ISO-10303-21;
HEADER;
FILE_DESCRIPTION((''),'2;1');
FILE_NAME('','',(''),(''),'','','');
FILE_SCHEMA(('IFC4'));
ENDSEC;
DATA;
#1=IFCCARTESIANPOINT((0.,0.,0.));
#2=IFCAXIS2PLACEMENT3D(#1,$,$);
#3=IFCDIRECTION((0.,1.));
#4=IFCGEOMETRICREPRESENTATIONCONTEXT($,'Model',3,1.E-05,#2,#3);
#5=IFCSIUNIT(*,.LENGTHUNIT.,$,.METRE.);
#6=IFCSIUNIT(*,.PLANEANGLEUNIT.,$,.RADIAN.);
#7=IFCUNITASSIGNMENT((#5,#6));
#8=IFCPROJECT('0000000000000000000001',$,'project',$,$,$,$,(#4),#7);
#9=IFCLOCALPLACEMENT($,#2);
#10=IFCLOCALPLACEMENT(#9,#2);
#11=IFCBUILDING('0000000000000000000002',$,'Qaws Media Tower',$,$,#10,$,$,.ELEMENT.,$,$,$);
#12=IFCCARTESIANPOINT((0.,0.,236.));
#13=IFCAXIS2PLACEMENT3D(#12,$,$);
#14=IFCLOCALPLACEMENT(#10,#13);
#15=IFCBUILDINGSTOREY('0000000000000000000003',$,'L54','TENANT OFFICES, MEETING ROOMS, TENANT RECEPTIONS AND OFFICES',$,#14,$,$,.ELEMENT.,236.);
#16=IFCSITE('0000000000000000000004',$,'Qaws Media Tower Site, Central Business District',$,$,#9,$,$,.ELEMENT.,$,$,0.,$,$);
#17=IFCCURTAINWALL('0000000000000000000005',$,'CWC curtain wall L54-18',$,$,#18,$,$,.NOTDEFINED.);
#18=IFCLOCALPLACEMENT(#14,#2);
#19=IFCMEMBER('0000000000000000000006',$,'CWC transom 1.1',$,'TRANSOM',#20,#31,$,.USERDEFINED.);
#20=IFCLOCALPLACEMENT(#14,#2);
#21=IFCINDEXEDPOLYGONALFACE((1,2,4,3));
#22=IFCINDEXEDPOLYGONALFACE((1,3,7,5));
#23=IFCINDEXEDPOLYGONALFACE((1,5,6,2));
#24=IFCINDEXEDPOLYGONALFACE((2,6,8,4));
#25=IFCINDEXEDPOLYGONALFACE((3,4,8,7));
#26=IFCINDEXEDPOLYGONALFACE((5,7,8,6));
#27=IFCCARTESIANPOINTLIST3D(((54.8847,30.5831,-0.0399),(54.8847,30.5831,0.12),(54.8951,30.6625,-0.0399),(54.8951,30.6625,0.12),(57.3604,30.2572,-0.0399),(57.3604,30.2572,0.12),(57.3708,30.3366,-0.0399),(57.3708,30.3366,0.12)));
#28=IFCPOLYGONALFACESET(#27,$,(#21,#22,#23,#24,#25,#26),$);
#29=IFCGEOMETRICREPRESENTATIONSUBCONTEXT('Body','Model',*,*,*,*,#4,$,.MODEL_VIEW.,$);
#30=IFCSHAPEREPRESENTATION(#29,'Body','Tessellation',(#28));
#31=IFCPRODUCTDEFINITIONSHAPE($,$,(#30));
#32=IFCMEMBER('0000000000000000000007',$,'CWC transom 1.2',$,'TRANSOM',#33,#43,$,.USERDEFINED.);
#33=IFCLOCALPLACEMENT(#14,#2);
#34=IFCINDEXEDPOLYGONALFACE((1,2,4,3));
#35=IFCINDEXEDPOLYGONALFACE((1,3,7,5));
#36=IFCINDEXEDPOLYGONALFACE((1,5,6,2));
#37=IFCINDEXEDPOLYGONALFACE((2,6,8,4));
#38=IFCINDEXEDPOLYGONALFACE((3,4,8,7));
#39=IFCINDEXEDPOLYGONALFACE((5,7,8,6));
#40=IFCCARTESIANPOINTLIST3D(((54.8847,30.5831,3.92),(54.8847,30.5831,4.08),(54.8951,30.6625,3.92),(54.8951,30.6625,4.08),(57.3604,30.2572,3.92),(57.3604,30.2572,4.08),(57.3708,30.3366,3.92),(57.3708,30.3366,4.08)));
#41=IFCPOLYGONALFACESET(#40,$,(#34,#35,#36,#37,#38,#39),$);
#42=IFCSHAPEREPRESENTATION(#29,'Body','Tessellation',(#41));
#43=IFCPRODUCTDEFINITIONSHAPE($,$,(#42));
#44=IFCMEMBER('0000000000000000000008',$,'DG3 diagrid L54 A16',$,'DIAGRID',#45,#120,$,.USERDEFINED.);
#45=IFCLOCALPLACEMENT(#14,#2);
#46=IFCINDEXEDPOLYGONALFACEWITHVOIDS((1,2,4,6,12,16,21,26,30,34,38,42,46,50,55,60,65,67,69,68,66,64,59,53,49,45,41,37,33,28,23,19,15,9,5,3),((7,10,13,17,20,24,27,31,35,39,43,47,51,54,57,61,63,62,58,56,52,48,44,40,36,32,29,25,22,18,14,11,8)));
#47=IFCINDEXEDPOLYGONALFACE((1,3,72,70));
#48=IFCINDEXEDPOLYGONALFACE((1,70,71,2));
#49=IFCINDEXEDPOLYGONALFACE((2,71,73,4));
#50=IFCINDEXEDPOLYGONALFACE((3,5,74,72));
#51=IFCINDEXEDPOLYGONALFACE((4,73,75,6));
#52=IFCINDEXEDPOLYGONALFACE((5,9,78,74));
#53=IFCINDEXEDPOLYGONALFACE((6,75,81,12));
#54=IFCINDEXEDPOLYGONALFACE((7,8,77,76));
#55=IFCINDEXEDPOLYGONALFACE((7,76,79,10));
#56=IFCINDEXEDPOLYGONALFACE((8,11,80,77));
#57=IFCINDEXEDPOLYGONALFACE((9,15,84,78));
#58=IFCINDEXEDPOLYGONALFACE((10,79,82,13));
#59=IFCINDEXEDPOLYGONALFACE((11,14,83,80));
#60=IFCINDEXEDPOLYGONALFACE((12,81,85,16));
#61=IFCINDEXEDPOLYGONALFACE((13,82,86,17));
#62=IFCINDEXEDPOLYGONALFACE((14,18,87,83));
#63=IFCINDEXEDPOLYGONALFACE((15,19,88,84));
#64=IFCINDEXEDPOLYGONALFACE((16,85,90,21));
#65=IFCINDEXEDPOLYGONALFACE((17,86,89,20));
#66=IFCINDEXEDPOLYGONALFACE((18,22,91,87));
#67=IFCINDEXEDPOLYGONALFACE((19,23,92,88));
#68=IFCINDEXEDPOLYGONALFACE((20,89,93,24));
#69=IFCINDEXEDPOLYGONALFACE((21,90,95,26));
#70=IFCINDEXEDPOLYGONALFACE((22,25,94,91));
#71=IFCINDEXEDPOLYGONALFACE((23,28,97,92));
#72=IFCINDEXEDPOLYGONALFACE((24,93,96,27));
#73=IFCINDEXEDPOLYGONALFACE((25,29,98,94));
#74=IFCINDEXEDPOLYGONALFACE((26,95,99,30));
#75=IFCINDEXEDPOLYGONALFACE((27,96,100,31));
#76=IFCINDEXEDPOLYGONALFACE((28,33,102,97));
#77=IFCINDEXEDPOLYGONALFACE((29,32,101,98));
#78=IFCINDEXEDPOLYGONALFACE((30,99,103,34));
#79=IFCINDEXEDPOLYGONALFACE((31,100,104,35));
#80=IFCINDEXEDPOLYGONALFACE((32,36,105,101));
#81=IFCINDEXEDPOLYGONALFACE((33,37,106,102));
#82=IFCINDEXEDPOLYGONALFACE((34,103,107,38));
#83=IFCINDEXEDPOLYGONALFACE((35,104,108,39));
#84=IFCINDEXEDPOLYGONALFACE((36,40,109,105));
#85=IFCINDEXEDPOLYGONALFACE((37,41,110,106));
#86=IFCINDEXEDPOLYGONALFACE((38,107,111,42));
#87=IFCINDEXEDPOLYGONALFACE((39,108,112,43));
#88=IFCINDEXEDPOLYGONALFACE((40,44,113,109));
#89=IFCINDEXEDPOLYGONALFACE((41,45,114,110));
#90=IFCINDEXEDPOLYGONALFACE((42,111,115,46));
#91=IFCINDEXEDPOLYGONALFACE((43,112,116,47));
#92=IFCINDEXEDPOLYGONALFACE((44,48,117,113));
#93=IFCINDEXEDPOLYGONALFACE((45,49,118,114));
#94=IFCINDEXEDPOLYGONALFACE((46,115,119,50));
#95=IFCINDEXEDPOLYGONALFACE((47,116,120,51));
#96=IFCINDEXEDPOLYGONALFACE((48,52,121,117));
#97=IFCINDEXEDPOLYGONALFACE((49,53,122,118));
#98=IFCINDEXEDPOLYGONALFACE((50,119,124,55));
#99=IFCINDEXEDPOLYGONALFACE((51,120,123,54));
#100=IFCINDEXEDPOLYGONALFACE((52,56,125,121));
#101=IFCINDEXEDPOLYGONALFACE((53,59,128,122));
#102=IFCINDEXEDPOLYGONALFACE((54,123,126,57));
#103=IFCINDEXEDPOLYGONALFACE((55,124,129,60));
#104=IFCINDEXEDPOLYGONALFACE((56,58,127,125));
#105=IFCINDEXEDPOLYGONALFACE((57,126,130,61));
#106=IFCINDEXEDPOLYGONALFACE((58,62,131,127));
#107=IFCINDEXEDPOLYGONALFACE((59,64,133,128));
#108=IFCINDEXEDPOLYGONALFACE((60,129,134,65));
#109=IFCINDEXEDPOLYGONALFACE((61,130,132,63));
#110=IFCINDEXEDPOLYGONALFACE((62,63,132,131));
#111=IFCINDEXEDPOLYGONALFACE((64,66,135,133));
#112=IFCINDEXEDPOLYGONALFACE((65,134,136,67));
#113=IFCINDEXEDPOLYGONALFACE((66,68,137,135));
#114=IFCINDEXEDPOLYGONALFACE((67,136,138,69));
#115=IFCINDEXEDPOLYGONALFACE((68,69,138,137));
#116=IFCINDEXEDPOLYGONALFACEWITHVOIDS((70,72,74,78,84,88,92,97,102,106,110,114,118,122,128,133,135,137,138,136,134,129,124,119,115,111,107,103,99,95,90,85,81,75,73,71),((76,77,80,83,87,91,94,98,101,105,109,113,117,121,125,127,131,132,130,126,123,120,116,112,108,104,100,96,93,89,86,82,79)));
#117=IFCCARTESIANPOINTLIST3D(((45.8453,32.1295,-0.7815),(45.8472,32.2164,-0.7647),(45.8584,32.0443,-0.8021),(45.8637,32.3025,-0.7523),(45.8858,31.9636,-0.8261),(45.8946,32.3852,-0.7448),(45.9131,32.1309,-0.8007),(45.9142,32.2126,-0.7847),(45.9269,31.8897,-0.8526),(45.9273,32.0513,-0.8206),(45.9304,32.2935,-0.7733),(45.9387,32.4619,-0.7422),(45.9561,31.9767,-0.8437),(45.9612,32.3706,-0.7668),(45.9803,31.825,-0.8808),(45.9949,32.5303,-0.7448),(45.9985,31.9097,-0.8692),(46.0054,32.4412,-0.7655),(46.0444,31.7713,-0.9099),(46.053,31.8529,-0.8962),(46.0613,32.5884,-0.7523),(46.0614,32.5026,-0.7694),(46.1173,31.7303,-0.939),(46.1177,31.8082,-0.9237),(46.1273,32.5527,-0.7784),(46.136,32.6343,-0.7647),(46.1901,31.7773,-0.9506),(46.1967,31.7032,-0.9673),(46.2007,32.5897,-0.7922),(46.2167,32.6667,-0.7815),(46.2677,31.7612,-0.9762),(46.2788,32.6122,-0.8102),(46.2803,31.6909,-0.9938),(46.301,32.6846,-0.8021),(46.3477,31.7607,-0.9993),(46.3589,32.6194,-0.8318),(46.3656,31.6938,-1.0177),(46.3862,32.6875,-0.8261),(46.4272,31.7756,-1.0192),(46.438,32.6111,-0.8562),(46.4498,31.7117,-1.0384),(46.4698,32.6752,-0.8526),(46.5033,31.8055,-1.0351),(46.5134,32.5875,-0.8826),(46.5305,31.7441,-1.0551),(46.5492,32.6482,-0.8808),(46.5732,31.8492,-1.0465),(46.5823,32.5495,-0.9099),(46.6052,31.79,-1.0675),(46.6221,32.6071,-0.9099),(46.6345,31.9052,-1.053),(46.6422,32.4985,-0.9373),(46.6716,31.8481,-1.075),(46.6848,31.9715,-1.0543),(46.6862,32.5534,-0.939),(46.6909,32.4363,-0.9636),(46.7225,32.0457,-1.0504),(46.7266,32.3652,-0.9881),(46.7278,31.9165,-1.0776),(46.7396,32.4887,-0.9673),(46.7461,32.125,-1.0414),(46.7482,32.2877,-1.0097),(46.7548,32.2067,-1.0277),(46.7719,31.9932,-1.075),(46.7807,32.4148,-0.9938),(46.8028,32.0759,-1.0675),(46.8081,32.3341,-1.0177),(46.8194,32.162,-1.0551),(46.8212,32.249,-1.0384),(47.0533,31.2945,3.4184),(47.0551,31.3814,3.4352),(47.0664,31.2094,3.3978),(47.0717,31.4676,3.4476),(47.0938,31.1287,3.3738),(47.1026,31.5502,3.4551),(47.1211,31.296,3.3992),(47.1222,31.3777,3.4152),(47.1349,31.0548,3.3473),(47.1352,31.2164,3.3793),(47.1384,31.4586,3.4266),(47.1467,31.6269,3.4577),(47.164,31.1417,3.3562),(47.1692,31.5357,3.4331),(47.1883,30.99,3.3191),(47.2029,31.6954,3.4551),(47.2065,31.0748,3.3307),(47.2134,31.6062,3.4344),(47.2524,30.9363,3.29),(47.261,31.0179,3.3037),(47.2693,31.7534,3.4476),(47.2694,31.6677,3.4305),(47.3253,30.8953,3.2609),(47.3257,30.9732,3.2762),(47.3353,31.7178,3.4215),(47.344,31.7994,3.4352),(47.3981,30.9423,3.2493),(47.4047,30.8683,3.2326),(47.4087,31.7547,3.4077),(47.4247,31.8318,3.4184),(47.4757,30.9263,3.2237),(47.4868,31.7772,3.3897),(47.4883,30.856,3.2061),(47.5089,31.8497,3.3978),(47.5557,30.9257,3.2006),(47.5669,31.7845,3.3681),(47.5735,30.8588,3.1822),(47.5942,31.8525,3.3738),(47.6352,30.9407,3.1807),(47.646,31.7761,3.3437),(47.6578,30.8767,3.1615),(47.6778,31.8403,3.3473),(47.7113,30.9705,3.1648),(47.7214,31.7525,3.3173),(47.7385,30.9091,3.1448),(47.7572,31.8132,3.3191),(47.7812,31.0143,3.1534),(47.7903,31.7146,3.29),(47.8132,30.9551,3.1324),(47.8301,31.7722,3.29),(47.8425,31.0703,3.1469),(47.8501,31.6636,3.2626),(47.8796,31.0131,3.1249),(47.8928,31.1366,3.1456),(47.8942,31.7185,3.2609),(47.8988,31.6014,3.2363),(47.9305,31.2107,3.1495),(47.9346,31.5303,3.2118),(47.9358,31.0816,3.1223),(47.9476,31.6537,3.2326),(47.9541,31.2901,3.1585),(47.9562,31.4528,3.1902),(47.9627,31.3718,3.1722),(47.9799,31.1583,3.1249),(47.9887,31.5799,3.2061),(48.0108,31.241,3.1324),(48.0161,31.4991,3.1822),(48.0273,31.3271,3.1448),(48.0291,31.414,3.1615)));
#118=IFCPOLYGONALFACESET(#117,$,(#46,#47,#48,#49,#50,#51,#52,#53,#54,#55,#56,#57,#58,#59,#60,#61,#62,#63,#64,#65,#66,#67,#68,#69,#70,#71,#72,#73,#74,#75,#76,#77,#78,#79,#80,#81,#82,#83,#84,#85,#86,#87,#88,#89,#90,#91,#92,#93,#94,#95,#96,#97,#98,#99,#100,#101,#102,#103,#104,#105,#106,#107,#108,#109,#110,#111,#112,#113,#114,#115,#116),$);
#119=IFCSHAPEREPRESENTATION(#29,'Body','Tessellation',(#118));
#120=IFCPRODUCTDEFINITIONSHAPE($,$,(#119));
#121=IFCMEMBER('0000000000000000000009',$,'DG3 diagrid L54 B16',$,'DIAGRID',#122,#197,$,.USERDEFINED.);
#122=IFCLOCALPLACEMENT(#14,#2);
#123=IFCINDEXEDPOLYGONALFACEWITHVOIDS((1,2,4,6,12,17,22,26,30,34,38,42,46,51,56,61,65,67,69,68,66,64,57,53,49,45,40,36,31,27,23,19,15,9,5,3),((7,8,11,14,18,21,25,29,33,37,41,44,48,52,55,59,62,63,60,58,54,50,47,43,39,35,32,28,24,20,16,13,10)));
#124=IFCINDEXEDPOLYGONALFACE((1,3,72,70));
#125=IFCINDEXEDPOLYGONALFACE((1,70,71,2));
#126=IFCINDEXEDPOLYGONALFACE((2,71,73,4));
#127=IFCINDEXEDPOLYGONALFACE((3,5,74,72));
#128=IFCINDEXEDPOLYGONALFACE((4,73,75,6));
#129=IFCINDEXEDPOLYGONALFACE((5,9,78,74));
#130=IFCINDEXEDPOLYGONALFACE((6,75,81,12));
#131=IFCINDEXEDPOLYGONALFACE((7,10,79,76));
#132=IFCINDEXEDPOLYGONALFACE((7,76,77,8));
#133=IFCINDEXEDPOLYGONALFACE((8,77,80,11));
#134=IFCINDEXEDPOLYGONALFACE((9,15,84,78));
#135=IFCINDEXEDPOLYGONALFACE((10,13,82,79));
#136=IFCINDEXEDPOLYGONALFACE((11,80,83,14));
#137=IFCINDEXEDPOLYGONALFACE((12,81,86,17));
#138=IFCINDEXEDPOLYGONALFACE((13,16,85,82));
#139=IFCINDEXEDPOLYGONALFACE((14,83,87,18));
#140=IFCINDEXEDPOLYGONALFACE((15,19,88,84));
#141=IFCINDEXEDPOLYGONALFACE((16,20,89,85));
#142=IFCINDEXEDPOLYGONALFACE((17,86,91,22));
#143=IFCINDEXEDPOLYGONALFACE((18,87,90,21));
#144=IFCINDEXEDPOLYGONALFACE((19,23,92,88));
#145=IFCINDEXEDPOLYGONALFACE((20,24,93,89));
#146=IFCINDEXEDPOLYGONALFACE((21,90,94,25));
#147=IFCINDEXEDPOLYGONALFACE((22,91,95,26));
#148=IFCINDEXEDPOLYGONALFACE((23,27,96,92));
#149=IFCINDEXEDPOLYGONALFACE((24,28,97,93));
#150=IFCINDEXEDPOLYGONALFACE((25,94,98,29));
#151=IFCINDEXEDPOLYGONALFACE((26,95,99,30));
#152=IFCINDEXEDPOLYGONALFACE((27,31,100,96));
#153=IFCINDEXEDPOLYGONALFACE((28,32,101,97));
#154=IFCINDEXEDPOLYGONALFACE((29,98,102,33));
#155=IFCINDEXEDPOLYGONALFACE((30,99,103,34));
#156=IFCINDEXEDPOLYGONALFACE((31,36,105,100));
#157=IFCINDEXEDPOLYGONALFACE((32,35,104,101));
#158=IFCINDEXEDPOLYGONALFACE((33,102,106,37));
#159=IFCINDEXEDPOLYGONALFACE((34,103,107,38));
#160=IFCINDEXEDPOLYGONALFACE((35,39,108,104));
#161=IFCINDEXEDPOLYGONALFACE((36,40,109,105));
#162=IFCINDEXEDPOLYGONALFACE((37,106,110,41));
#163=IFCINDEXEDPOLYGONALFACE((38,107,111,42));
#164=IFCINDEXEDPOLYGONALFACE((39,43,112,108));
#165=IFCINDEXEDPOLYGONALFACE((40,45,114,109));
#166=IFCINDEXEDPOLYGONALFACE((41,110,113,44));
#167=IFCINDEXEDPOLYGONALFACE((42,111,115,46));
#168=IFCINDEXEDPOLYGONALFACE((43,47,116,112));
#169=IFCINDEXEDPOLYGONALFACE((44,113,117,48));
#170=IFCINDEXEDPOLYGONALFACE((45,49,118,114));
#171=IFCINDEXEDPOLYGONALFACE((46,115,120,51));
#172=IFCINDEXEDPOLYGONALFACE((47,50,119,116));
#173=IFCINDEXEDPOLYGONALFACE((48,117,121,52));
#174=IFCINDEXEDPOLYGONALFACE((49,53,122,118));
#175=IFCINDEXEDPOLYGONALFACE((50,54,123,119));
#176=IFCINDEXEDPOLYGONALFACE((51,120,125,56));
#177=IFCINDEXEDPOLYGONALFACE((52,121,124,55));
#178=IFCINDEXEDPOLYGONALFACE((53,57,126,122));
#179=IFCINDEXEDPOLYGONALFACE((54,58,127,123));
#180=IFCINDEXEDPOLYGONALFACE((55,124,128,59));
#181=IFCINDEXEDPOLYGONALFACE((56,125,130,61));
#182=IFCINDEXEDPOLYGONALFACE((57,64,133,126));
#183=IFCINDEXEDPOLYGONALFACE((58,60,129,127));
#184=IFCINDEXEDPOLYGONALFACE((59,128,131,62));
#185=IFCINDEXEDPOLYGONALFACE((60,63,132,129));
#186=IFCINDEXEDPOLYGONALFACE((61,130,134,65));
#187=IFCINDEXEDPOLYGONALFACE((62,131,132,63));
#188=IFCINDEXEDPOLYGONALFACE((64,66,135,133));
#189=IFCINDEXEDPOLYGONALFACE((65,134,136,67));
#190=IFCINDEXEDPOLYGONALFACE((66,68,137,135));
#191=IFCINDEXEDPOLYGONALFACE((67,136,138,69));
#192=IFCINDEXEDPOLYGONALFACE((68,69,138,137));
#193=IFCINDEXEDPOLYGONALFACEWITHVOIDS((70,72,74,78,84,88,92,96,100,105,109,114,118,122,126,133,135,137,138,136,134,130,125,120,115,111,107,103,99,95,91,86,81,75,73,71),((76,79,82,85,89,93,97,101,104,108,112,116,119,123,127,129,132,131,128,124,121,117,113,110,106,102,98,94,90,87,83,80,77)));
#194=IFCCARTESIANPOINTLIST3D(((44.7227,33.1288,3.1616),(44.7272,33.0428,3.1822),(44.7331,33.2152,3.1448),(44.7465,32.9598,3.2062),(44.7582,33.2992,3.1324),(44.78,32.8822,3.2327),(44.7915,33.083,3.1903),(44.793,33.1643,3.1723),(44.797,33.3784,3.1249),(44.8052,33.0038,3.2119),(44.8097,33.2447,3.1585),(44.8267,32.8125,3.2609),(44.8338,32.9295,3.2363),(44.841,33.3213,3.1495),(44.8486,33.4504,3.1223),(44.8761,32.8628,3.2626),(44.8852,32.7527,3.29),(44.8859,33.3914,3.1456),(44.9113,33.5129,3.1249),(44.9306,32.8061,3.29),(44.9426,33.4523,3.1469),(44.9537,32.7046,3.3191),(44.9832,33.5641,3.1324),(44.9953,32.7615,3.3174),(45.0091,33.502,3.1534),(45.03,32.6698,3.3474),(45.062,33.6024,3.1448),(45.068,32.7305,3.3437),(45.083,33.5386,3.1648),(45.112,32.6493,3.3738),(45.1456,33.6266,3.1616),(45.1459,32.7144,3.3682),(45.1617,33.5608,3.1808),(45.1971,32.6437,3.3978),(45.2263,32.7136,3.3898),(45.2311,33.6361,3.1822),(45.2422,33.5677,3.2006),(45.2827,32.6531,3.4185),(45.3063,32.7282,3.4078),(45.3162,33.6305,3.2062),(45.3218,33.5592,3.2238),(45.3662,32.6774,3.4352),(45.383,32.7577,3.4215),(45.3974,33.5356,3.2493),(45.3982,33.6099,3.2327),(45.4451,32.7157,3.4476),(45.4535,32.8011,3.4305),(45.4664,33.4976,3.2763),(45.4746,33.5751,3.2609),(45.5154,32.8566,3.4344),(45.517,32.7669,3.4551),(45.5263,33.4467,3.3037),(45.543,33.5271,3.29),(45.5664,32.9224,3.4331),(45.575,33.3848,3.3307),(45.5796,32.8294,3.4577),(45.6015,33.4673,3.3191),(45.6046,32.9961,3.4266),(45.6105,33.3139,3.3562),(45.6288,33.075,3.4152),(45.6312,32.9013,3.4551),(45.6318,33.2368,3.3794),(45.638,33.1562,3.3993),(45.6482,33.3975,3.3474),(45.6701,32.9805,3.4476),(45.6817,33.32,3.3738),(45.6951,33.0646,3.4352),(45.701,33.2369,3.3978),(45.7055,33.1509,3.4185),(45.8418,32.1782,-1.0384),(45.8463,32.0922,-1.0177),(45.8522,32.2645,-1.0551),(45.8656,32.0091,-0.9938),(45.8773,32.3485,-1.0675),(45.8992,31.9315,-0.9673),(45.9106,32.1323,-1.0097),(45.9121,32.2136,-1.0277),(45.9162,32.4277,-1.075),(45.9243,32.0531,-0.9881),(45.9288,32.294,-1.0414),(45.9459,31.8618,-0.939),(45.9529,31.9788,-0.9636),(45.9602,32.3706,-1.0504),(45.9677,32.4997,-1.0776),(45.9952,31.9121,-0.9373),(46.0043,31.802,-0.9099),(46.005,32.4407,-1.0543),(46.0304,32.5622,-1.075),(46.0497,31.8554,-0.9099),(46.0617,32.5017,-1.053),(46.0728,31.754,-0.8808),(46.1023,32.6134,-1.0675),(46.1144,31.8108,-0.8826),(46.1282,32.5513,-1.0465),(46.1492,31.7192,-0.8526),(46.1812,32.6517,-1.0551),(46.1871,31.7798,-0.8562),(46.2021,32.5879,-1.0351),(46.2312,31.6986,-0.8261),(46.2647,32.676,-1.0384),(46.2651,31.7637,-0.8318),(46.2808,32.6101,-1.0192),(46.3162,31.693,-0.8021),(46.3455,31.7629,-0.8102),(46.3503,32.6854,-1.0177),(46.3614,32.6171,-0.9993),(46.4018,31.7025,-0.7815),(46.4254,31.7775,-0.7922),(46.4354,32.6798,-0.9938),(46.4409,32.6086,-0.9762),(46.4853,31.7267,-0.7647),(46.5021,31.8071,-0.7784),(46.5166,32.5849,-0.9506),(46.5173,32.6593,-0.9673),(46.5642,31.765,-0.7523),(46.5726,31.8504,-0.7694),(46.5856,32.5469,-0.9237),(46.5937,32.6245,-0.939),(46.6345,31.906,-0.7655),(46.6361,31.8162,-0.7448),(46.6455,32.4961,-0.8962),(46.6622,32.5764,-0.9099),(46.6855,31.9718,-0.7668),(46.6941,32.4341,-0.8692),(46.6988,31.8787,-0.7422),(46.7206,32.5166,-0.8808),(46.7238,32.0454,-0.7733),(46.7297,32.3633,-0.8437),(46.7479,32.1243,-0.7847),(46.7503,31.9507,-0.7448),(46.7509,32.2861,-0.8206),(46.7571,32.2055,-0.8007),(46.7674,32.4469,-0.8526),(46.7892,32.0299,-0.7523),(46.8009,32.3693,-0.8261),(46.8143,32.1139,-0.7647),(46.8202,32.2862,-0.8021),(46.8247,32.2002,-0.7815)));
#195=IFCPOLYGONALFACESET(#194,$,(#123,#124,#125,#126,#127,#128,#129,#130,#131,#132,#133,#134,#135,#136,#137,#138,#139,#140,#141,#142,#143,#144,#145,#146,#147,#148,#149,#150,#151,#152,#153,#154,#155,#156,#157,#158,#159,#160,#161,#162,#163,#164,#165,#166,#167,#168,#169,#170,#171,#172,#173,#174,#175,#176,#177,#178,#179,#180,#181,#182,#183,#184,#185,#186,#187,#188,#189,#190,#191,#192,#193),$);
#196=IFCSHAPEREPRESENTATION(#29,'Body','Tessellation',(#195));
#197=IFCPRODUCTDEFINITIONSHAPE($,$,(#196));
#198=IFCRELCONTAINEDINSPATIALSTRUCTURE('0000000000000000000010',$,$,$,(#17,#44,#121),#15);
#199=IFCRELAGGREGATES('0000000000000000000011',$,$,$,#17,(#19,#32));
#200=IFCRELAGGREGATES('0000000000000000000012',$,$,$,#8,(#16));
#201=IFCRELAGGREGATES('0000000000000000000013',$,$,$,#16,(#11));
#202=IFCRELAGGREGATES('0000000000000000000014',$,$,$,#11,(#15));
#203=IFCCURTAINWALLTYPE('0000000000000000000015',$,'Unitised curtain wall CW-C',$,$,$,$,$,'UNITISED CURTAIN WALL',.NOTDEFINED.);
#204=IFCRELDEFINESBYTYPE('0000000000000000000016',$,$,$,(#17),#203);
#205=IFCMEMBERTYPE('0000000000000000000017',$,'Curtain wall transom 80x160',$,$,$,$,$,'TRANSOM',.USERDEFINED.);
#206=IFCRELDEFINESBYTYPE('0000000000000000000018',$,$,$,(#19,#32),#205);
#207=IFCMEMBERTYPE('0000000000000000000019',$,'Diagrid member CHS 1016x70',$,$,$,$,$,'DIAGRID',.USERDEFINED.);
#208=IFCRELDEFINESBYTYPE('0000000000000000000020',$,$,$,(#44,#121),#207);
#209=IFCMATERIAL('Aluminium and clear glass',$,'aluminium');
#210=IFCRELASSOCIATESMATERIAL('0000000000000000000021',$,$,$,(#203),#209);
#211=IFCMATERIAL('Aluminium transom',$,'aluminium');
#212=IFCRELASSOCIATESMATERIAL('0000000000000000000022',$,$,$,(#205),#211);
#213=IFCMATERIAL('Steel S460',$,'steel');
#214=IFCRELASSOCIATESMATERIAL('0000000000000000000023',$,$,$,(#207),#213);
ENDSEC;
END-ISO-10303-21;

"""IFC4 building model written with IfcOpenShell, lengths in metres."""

from ifc_helpers import new_model, si_unit, direction, frame, origin, origin_2d, place, context, subcontext, project, spatial, rectangle, hollow_circle, extrude, material, material_profile, profile_set, type_object, element, aggregate, save


model = new_model("IFC4")

# Units and contexts
model_context = context("Model", 3, precision=1e-05, world=origin(), true_north=direction((0.0, 1.0)))
body_context = subcontext(model_context, "Body", "Model", "MODEL_VIEW")
ifc_project = project(units=[si_unit("LENGTHUNIT", "METRE"), si_unit("PLANEANGLEUNIT", "RADIAN")], contexts=[model_context])

# Site, building, storey
site_placement = place(None, origin())
site = spatial("IfcSite", under=ifc_project, at=site_placement, Name="Qaws Media Tower Site, Central Business District", CompositionType="ELEMENT", RefElevation=0.0)
building_placement = place(site_placement, origin())
building = spatial("IfcBuilding", under=site, at=building_placement, Name="Qaws Media Tower", CompositionType="ELEMENT")
storey_placement = place(building_placement, frame((0.0, 0.0, 236.0)))
storey = spatial("IfcBuildingStorey", under=building, at=storey_placement, Name="L54", Description="TENANT OFFICES, MEETING ROOMS, TENANT RECEPTIONS AND OFFICES", CompositionType="ELEMENT", Elevation=236.0)

# Shared definitions
ifc_material_1 = material(Name="Aluminium and clear glass", Category="aluminium")
curtain_wall_type = type_object("IfcCurtainWallType", Name="Unitised curtain wall CW-C", ElementType="UNITISED CURTAIN WALL", PredefinedType="NOTDEFINED", material=ifc_material_1)

# Curtain wall
curtain_wall_1_placement = place(storey_placement, origin())
curtain_wall_1 = element("IfcCurtainWall", 1, at=curtain_wall_1_placement, inside=storey, type_object=curtain_wall_type, Name="CWC curtain wall L54-18", PredefinedType="NOTDEFINED")

# Members
ifc_material_2 = material(Name="Aluminium transom", Category="aluminium")
ifc_material_profile_1 = material_profile(ifc_material_2, rectangle(XDim=0.0801, YDim=0.1599, at=origin_2d()), Name="80x160")
ifc_profile_set_1 = profile_set([ifc_material_profile_1], Name="Aluminium transom")
member_type_1 = type_object("IfcMemberType", Name="Curtain wall transom 80x160", ElementType="TRANSOM", PredefinedType="USERDEFINED", material=ifc_profile_set_1)
member_1_placement = place(storey_placement, frame((54.8899, 30.6228, 0.04), z_axis=(0.991446, -0.130518, 0.0), x_axis=(0.130518, 0.991446, 0.0)))
member_1 = element("IfcMember", 2, at=member_1_placement, type_object=member_type_1, Name="CWC transom 1.1", ObjectType="TRANSOM", PredefinedType="USERDEFINED", context=body_context, shape_type="SweptSolid", body=[
    extrude(rectangle(XDim=0.0801, YDim=0.1599, at=origin_2d()), origin(), (0.0, 0.0, 1.0), 2.4971),
])
member_2_placement = place(storey_placement, frame((54.8899, 30.6228, 4.0), z_axis=(0.991446, -0.130518, 0.0), x_axis=(0.130518, 0.991446, 0.0)))
member_2 = element("IfcMember", 3, at=member_2_placement, type_object=member_type_1, Name="CWC transom 1.2", ObjectType="TRANSOM", PredefinedType="USERDEFINED", context=body_context, shape_type="SweptSolid", body=[
    extrude(rectangle(XDim=0.0801, YDim=0.1599, at=origin_2d()), origin(), (0.0, 0.0, 1.0), 2.4971),
])
aggregate(curtain_wall_1, [member_1, member_2])

# Members
ifc_material_3 = material(Name="Steel S460", Category="steel")
ifc_material_profile_2 = material_profile(ifc_material_3, hollow_circle(Radius=0.5081, WallThickness=0.0701, at=origin_2d()), Name="CHS 1016x70")
ifc_profile_set_2 = profile_set([ifc_material_profile_2], Name="Steel S460")
member_type_2 = type_object("IfcMemberType", Name="Diagrid member CHS 1016x70", ElementType="DIAGRID", PredefinedType="USERDEFINED", material=ifc_profile_set_2)
for number, where, z_axis, x_axis, name in (
    (4, (46.3333, 32.1892, -0.9099), (0.271507, -0.187662, 0.943963), (0.568587, 0.822623, 0.0), "DG3 diagrid L54 A16"),
    (5, (46.3333, 32.1892, -0.9099), (-0.251534, 0.213673, 0.943967), (-0.647417, -0.762136, 0.0), "DG3 diagrid L54 B16"),
):
    element("IfcMember", number, at=place(storey_placement, frame(where, z_axis=z_axis, x_axis=x_axis)), inside=storey, type_object=member_type_2, Name=name, ObjectType="DIAGRID", PredefinedType="USERDEFINED", context=body_context, shape_type="SweptSolid", body=[
        extrude(hollow_circle(Radius=0.5081, WallThickness=0.0701, at=origin_2d()), origin(), (0.0, 0.0, 1.0), 4.4492),
    ])

save(model, "model.ifc")
